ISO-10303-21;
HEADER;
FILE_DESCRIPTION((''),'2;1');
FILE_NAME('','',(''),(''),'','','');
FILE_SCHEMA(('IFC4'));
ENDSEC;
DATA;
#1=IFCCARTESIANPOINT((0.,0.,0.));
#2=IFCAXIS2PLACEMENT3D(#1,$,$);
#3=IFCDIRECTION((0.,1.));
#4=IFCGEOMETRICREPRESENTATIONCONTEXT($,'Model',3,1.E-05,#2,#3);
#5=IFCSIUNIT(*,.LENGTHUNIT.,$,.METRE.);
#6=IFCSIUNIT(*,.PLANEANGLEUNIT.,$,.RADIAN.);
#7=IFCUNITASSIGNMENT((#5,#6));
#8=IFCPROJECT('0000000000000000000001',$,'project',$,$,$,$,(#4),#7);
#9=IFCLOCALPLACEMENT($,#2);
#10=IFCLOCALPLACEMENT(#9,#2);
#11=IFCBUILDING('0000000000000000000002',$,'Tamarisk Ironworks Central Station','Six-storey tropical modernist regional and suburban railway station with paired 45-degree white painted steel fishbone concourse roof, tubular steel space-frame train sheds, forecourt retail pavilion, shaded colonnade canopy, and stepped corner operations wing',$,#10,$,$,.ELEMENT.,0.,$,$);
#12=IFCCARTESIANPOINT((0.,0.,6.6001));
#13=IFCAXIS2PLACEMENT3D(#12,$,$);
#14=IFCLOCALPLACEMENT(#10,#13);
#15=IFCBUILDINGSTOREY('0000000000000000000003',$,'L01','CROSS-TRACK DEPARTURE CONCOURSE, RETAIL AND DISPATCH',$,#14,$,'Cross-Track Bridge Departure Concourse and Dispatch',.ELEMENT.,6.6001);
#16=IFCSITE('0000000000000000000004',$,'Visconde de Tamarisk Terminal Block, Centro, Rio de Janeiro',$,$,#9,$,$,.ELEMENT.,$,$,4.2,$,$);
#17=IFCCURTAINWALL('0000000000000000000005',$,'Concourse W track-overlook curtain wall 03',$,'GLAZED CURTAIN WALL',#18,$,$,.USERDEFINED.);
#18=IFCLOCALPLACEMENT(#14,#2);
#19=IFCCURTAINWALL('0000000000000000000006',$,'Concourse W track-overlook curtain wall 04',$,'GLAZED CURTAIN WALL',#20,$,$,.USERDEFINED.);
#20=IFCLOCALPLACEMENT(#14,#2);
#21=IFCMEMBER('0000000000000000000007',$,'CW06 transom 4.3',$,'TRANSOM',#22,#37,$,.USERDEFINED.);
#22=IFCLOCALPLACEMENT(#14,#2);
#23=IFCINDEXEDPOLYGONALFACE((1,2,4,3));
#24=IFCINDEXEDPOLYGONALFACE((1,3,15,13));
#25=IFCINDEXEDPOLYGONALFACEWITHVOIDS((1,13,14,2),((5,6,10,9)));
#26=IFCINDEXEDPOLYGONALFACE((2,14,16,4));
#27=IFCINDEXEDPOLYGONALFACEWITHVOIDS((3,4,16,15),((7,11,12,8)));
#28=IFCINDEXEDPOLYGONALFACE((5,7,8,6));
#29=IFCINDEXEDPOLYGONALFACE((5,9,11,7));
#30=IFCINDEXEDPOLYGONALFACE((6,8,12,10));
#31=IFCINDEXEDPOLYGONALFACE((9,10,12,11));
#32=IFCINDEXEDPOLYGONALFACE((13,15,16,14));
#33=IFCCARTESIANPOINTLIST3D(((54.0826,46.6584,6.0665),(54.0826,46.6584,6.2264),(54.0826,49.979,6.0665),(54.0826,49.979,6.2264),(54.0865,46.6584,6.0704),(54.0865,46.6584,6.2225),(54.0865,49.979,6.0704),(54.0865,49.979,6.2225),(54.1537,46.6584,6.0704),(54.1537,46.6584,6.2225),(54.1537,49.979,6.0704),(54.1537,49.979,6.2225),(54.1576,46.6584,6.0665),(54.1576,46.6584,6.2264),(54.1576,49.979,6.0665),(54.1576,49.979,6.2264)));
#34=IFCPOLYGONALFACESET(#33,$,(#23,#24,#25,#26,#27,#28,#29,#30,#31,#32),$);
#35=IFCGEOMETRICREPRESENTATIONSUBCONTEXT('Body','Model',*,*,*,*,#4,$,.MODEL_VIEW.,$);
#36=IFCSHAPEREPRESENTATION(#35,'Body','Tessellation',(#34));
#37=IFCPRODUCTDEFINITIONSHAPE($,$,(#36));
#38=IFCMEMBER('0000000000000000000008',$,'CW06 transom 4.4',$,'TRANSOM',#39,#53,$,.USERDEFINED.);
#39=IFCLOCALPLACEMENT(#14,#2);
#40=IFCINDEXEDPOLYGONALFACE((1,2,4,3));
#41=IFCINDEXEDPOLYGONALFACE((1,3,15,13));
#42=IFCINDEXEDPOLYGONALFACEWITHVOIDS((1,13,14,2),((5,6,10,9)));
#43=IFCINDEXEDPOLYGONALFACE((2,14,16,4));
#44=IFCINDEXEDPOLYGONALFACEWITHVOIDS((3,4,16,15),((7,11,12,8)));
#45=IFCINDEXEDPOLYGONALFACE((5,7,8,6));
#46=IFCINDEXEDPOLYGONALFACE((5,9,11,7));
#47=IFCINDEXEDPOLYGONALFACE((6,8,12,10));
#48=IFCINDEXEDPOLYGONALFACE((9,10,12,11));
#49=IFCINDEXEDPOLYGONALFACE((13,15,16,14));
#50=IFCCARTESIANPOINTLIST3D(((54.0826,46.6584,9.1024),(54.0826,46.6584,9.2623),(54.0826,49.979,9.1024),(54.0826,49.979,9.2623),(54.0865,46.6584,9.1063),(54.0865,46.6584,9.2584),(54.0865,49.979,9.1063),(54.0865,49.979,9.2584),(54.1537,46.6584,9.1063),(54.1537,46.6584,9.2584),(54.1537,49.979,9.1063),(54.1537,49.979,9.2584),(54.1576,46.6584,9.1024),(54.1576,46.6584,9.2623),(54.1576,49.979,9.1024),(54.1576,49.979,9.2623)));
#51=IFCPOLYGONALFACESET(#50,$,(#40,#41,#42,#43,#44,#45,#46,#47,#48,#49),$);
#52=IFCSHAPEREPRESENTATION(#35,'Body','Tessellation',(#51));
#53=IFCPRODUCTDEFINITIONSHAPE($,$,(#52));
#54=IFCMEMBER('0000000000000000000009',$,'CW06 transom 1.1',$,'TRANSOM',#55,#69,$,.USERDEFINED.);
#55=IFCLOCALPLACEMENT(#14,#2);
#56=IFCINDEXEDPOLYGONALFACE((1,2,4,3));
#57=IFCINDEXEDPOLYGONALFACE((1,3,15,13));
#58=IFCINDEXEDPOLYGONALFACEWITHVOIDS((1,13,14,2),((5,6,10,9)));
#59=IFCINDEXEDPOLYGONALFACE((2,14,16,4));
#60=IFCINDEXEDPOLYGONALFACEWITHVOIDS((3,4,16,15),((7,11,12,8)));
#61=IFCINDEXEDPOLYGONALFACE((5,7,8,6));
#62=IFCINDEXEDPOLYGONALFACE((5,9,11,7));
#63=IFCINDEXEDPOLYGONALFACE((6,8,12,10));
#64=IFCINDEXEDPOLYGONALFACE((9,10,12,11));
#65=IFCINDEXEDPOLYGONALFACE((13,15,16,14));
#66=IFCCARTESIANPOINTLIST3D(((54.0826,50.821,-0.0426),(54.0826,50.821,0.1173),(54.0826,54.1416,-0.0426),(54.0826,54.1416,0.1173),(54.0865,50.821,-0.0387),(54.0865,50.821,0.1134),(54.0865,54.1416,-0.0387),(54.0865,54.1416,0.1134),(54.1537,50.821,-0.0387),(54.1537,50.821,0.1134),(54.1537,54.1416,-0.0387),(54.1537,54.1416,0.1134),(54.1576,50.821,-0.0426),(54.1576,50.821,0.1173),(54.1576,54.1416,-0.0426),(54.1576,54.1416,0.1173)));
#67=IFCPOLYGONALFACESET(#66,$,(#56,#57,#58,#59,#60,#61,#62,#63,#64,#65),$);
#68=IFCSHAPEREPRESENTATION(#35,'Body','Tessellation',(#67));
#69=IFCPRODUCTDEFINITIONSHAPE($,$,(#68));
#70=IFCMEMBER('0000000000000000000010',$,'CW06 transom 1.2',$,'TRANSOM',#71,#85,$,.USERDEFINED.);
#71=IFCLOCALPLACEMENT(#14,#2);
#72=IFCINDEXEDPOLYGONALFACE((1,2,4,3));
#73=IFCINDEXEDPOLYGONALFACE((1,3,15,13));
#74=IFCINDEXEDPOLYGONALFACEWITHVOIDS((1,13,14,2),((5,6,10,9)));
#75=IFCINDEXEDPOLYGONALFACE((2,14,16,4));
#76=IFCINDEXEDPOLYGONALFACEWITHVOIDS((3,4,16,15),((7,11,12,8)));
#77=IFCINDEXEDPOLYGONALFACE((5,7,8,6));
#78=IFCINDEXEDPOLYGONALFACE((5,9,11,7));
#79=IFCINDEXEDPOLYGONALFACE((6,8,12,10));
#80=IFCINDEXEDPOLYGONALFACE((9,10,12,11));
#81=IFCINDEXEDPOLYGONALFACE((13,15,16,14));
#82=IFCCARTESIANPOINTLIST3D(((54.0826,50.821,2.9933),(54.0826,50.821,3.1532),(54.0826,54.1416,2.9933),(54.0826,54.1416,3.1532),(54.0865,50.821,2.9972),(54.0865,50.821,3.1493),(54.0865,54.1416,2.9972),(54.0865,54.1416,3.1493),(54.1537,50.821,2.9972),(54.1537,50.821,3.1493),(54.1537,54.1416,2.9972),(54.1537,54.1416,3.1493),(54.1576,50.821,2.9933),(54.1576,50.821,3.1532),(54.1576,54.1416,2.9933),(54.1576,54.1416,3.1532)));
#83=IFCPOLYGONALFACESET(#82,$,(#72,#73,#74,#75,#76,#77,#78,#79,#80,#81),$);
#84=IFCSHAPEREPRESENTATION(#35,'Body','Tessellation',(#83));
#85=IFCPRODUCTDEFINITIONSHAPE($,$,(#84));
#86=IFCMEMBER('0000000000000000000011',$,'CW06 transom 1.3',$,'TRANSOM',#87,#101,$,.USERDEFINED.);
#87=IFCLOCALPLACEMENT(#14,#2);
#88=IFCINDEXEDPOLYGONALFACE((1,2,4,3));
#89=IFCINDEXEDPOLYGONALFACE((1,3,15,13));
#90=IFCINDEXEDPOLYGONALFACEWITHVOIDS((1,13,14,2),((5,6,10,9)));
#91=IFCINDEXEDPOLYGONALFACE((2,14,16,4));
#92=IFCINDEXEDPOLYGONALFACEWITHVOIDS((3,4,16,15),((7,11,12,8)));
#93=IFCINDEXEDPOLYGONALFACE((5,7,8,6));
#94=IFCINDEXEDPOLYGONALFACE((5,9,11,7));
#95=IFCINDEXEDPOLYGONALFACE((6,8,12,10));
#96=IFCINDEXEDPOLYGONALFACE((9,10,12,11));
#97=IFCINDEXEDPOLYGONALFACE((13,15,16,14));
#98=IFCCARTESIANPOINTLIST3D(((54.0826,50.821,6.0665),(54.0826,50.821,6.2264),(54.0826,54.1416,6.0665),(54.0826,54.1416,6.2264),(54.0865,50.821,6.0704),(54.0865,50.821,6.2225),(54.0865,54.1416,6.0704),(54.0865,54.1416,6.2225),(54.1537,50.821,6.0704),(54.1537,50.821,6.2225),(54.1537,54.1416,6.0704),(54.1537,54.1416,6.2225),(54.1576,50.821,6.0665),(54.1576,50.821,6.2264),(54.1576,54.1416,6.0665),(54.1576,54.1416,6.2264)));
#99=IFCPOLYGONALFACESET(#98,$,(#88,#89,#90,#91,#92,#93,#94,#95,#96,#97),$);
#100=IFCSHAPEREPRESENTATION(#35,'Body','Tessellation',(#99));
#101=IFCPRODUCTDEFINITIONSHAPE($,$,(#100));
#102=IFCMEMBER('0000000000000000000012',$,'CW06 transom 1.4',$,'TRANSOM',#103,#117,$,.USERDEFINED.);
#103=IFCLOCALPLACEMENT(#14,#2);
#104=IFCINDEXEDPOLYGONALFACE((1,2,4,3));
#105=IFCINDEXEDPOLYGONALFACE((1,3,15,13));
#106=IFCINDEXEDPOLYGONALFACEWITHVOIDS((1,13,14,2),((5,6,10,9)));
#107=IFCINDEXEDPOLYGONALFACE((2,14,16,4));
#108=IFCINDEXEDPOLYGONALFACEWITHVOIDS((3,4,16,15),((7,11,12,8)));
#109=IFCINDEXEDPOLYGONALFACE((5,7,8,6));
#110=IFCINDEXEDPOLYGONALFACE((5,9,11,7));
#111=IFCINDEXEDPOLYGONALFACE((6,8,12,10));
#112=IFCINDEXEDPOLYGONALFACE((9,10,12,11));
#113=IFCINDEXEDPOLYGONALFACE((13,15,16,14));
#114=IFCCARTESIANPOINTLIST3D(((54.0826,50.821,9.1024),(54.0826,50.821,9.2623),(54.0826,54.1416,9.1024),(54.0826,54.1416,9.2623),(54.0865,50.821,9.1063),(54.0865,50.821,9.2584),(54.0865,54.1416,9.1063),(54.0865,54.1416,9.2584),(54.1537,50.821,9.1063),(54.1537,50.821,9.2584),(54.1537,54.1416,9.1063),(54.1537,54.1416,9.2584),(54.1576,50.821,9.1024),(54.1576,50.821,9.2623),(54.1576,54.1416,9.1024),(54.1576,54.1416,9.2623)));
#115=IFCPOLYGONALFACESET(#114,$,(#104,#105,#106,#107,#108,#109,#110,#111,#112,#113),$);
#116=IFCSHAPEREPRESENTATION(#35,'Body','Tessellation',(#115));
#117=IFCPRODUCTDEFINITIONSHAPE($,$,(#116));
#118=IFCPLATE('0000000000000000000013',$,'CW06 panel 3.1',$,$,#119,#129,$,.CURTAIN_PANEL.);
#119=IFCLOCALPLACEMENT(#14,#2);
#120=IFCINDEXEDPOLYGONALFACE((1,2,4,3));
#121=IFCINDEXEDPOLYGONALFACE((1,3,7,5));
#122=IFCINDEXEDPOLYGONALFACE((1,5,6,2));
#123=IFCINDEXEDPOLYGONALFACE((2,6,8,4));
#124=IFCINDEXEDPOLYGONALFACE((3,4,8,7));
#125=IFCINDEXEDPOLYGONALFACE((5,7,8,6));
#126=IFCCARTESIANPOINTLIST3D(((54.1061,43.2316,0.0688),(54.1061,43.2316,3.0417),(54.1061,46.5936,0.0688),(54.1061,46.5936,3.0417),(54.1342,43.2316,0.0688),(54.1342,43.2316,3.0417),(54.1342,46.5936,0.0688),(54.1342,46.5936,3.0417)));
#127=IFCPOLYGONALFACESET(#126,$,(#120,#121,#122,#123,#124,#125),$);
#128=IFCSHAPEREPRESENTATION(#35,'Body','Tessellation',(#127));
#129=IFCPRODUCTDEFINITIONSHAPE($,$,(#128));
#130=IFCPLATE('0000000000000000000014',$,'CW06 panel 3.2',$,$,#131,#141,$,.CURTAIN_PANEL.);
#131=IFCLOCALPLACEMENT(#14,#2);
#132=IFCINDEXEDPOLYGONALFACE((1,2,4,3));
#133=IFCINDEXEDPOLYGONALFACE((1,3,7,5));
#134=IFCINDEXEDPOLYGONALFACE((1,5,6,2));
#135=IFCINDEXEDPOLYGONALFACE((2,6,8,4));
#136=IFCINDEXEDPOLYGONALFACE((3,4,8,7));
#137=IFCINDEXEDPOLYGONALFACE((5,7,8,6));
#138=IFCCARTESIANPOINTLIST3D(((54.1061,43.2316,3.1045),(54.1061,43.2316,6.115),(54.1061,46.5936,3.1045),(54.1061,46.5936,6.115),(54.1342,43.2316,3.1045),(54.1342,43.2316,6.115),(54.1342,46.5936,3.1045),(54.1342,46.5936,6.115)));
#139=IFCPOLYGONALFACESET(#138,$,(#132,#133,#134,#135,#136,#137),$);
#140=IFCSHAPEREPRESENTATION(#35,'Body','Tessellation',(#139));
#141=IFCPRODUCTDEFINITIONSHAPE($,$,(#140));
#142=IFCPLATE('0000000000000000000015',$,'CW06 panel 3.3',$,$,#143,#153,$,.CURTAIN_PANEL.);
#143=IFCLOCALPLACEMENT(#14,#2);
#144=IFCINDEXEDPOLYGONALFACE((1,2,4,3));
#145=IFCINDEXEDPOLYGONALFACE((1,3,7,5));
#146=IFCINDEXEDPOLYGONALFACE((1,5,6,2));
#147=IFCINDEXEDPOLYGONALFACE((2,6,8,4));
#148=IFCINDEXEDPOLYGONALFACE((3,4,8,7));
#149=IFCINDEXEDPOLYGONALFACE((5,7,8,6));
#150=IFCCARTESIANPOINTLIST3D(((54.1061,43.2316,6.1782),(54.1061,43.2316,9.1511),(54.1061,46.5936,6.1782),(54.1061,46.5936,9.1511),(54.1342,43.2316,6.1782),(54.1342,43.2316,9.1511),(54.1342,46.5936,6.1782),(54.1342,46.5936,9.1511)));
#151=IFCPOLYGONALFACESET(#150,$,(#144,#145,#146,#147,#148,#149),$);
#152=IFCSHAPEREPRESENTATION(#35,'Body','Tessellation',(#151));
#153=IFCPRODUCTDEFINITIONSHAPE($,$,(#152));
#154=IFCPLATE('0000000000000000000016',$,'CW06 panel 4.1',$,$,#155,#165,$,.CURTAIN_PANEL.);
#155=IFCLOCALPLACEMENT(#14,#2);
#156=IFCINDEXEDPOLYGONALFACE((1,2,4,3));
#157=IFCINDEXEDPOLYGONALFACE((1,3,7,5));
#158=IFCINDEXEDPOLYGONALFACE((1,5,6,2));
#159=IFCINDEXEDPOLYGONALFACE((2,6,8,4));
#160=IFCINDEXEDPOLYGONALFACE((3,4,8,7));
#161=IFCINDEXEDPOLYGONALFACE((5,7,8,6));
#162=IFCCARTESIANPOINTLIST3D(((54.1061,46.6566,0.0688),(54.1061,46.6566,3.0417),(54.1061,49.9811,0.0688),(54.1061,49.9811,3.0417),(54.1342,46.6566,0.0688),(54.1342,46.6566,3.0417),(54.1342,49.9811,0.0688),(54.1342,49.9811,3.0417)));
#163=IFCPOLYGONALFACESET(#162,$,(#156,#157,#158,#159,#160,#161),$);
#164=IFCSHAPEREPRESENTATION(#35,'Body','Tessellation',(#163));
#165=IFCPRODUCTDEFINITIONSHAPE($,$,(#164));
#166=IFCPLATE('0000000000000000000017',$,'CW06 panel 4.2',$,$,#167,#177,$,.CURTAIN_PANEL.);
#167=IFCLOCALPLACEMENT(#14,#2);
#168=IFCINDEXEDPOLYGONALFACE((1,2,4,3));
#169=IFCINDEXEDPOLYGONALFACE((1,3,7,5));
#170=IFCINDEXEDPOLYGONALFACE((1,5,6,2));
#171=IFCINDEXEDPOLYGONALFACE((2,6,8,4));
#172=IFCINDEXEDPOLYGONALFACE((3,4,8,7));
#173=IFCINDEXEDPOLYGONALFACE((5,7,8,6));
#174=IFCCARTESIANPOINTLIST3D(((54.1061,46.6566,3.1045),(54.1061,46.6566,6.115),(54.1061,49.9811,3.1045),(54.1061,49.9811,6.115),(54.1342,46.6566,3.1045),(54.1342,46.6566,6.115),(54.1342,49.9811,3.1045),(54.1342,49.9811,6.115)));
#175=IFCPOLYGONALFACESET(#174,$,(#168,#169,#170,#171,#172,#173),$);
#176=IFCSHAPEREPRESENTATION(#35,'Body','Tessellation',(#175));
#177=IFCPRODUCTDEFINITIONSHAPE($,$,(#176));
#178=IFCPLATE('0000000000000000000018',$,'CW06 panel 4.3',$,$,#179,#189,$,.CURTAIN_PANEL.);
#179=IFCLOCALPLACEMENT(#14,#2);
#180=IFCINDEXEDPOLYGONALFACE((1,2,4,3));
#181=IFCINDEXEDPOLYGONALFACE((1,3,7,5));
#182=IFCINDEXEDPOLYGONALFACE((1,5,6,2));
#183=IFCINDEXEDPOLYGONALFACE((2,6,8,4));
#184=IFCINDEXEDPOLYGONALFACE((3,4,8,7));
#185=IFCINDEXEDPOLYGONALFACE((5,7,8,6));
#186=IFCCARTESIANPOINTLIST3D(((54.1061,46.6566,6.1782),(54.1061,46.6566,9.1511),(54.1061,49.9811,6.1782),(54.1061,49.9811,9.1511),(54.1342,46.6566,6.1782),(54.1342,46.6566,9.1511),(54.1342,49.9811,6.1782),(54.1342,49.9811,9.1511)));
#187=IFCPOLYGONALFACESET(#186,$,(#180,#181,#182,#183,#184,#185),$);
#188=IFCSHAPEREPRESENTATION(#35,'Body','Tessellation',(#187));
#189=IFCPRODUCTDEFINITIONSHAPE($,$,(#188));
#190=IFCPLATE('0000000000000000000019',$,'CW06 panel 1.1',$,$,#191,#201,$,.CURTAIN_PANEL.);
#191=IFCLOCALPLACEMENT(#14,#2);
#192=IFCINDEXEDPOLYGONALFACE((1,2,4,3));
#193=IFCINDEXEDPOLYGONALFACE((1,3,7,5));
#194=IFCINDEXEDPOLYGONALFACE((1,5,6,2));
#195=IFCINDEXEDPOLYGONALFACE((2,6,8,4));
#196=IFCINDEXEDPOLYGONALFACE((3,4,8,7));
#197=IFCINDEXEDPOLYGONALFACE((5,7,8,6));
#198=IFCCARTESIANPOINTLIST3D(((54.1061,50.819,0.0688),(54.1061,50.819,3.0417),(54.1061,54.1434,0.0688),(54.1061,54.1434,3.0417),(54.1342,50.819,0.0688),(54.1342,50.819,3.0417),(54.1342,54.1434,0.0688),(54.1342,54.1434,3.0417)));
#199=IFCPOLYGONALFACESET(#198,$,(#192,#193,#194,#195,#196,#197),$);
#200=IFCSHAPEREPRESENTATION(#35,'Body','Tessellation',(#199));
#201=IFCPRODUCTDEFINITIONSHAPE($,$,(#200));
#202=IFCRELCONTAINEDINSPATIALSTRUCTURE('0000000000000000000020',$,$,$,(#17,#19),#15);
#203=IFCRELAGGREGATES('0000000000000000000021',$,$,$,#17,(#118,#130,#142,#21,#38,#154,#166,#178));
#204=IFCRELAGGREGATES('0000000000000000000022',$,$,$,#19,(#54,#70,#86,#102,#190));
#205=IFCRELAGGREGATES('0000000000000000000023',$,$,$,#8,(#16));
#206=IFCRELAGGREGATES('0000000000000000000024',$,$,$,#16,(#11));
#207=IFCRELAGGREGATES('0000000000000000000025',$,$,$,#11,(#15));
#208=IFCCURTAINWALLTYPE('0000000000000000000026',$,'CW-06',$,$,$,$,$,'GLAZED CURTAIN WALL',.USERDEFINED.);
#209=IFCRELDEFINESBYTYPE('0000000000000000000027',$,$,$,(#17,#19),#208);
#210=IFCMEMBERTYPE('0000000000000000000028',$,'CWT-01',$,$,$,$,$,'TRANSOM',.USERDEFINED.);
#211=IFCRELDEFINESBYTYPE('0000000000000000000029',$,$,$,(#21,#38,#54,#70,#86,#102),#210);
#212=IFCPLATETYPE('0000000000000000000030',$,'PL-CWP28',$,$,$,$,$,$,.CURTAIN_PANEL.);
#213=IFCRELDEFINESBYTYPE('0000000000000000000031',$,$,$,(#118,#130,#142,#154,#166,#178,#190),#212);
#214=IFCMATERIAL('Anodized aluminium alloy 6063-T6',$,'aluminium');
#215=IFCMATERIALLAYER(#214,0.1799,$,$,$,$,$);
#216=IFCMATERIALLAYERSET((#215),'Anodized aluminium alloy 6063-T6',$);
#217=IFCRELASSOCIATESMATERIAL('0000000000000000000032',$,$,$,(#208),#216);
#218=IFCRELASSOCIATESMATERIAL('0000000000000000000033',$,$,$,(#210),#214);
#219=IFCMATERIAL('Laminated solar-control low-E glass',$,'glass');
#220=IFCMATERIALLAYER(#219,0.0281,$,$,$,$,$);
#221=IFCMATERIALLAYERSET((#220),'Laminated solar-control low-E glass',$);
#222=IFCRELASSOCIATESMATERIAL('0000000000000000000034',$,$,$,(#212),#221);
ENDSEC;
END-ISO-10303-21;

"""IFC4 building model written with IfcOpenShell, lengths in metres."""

from ifc_helpers import new_model, si_unit, direction, frame, origin, origin_2d, place, context, subcontext, project, spatial, rectangle, hollow_rectangle, extrude, material, layer, layer_set, material_profile, profile_set, type_object, element, aggregate, save


model = new_model("IFC4")

# Units and contexts
model_context = context("Model", 3, precision=1e-05, world=origin(), true_north=direction((0.0, 1.0)))
body_context = subcontext(model_context, "Body", "Model", "MODEL_VIEW")
ifc_project = project(units=[si_unit("LENGTHUNIT", "METRE"), si_unit("PLANEANGLEUNIT", "RADIAN")], contexts=[model_context])

# Site, building, storey
site_placement = place(None, origin())
site = spatial("IfcSite", under=ifc_project, at=site_placement, Name="Visconde de Tamarisk Terminal Block, Centro, Rio de Janeiro", CompositionType="ELEMENT", RefElevation=4.2)
building_placement = place(site_placement, origin())
building = spatial("IfcBuilding", under=site, at=building_placement, Name="Tamarisk Ironworks Central Station", Description="Six-storey tropical modernist regional and suburban railway station with paired 45-degree white painted steel fishbone concourse roof, tubular steel space-frame train sheds, forecourt retail pavilion, shaded colonnade canopy, and stepped corner operations wing", CompositionType="ELEMENT", ElevationOfRefHeight=0.0)
storey_placement = place(building_placement, frame((0.0, 0.0, 6.6001)))
storey = spatial("IfcBuildingStorey", under=building, at=storey_placement, Name="L01", Description="CROSS-TRACK DEPARTURE CONCOURSE, RETAIL AND DISPATCH", LongName="Cross-Track Bridge Departure Concourse and Dispatch", CompositionType="ELEMENT", Elevation=6.6001)

# Curtain walls
ifc_material_1 = material(Name="Anodized aluminium alloy 6063-T6", Category="aluminium")
ifc_layer_1 = layer(ifc_material_1, 0.1799)
ifc_layer_set_1 = layer_set([ifc_layer_1], Name="Anodized aluminium alloy 6063-T6")
curtain_wall_type = type_object("IfcCurtainWallType", Name="CW-06", ElementType="GLAZED CURTAIN WALL", PredefinedType="USERDEFINED", material=ifc_layer_set_1)
curtain_wall_1_placement = place(storey_placement, origin())
curtain_wall_1 = element("IfcCurtainWall", 1, at=curtain_wall_1_placement, inside=storey, type_object=curtain_wall_type, Name="Concourse W track-overlook curtain wall 03", ObjectType="GLAZED CURTAIN WALL", PredefinedType="USERDEFINED")
curtain_wall_2_placement = place(storey_placement, origin())
curtain_wall_2 = element("IfcCurtainWall", 2, at=curtain_wall_2_placement, inside=storey, type_object=curtain_wall_type, Name="Concourse W track-overlook curtain wall 04", ObjectType="GLAZED CURTAIN WALL", PredefinedType="USERDEFINED")

# Members
ifc_material_profile_1 = material_profile(ifc_material_1, hollow_rectangle(XDim=0.075, YDim=0.1599, WallThickness=0.0039, at=origin_2d()), Name="ALUM 160x75")
ifc_profile_set_1 = profile_set([ifc_material_profile_1], Name="Anodized aluminium alloy 6063-T6")
member_type_1 = type_object("IfcMemberType", Name="CWT-01", ElementType="TRANSOM", PredefinedType="USERDEFINED", material=ifc_profile_set_1)
member_1_placement = place(storey_placement, frame((54.1201, 46.6584, 6.1465), z_axis=(0.0, 1.0, 0.0), x_axis=(-1.0, 0.0, 0.0)))
member_1 = element("IfcMember", 3, at=member_1_placement, type_object=member_type_1, Name="CW06 transom 4.3", ObjectType="TRANSOM", PredefinedType="USERDEFINED", context=body_context, shape_type="SweptSolid", body=[
    extrude(hollow_rectangle(XDim=0.075, YDim=0.1599, WallThickness=0.0039, at=origin_2d()), origin(), (0.0, 0.0, 1.0), 3.3206),
])
member_2_placement = place(storey_placement, frame((54.1201, 46.6584, 9.1824), z_axis=(0.0, 1.0, 0.0), x_axis=(-1.0, 0.0, 0.0)))
member_2 = element("IfcMember", 4, at=member_2_placement, type_object=member_type_1, Name="CW06 transom 4.4", ObjectType="TRANSOM", PredefinedType="USERDEFINED", context=body_context, shape_type="SweptSolid", body=[
    extrude(hollow_rectangle(XDim=0.075, YDim=0.1599, WallThickness=0.0039, at=origin_2d()), origin(), (0.0, 0.0, 1.0), 3.3206),
])
member_3_placement = place(storey_placement, frame((54.1201, 50.821, 0.0374), z_axis=(0.0, 1.0, 0.0), x_axis=(-1.0, 0.0, 0.0)))
member_3 = element("IfcMember", 5, at=member_3_placement, type_object=member_type_1, Name="CW06 transom 1.1", ObjectType="TRANSOM", PredefinedType="USERDEFINED", context=body_context, shape_type="SweptSolid", body=[
    extrude(hollow_rectangle(XDim=0.075, YDim=0.1599, WallThickness=0.0039, at=origin_2d()), origin(), (0.0, 0.0, 1.0), 3.3206),
])
member_4_placement = place(storey_placement, frame((54.1201, 50.821, 3.0732), z_axis=(0.0, 1.0, 0.0), x_axis=(-1.0, 0.0, 0.0)))
member_4 = element("IfcMember", 6, at=member_4_placement, type_object=member_type_1, Name="CW06 transom 1.2", ObjectType="TRANSOM", PredefinedType="USERDEFINED", context=body_context, shape_type="SweptSolid", body=[
    extrude(hollow_rectangle(XDim=0.075, YDim=0.1599, WallThickness=0.0039, at=origin_2d()), origin(), (0.0, 0.0, 1.0), 3.3206),
])
member_5_placement = place(storey_placement, frame((54.1201, 50.821, 6.1465), z_axis=(0.0, 1.0, 0.0), x_axis=(-1.0, 0.0, 0.0)))
member_5 = element("IfcMember", 7, at=member_5_placement, type_object=member_type_1, Name="CW06 transom 1.3", ObjectType="TRANSOM", PredefinedType="USERDEFINED", context=body_context, shape_type="SweptSolid", body=[
    extrude(hollow_rectangle(XDim=0.075, YDim=0.1599, WallThickness=0.0039, at=origin_2d()), origin(), (0.0, 0.0, 1.0), 3.3206),
])
member_6_placement = place(storey_placement, frame((54.1201, 50.821, 9.1824), z_axis=(0.0, 1.0, 0.0), x_axis=(-1.0, 0.0, 0.0)))
member_6 = element("IfcMember", 8, at=member_6_placement, type_object=member_type_1, Name="CW06 transom 1.4", ObjectType="TRANSOM", PredefinedType="USERDEFINED", context=body_context, shape_type="SweptSolid", body=[
    extrude(hollow_rectangle(XDim=0.075, YDim=0.1599, WallThickness=0.0039, at=origin_2d()), origin(), (0.0, 0.0, 1.0), 3.3206),
])

# Plates
ifc_material_2 = material(Name="Laminated solar-control low-E glass", Category="glass")
ifc_layer_2 = layer(ifc_material_2, 0.0281)
ifc_layer_set_2 = layer_set([ifc_layer_2], Name="Laminated solar-control low-E glass")
plate_type = type_object("IfcPlateType", Name="PL-CWP28", PredefinedType="CURTAIN_PANEL", material=ifc_layer_set_2)
plate_1_placement = place(storey_placement, frame((54.1201, 44.9126, 0.0688), z_axis=(0.0, 0.0, 1.0), x_axis=(0.0, 1.0, 0.0)))
plate_1 = element("IfcPlate", 9, at=plate_1_placement, type_object=plate_type, Name="CW06 panel 3.1", PredefinedType="CURTAIN_PANEL", context=body_context, shape_type="SweptSolid", body=[
    extrude(rectangle(XDim=3.3621, YDim=0.0281, at=origin_2d()), origin(), (0.0, 0.0, 1.0), 2.9729),
])
plate_2_placement = place(storey_placement, frame((54.1201, 44.9126, 3.1045), z_axis=(0.0, 0.0, 1.0), x_axis=(0.0, 1.0, 0.0)))
plate_2 = element("IfcPlate", 10, at=plate_2_placement, type_object=plate_type, Name="CW06 panel 3.2", PredefinedType="CURTAIN_PANEL", context=body_context, shape_type="SweptSolid", body=[
    extrude(rectangle(XDim=3.3621, YDim=0.0281, at=origin_2d()), origin(), (0.0, 0.0, 1.0), 3.0105),
])
plate_3_placement = place(storey_placement, frame((54.1201, 44.9126, 6.1782), z_axis=(0.0, 0.0, 1.0), x_axis=(0.0, 1.0, 0.0)))
plate_3 = element("IfcPlate", 11, at=plate_3_placement, type_object=plate_type, Name="CW06 panel 3.3", PredefinedType="CURTAIN_PANEL", context=body_context, shape_type="SweptSolid", body=[
    extrude(rectangle(XDim=3.3621, YDim=0.0281, at=origin_2d()), origin(), (0.0, 0.0, 1.0), 2.9729),
])
plate_4_placement = place(storey_placement, frame((54.1201, 48.3188, 0.0688), z_axis=(0.0, 0.0, 1.0), x_axis=(0.0, 1.0, 0.0)))
plate_4 = element("IfcPlate", 12, at=plate_4_placement, type_object=plate_type, Name="CW06 panel 4.1", PredefinedType="CURTAIN_PANEL", context=body_context, shape_type="SweptSolid", body=[
    extrude(rectangle(XDim=3.3245, YDim=0.0281, at=origin_2d()), origin(), (0.0, 0.0, 1.0), 2.9729),
])
plate_5_placement = place(storey_placement, frame((54.1201, 48.3188, 3.1045), z_axis=(0.0, 0.0, 1.0), x_axis=(0.0, 1.0, 0.0)))
plate_5 = element("IfcPlate", 13, at=plate_5_placement, type_object=plate_type, Name="CW06 panel 4.2", PredefinedType="CURTAIN_PANEL", context=body_context, shape_type="SweptSolid", body=[
    extrude(rectangle(XDim=3.3245, YDim=0.0281, at=origin_2d()), origin(), (0.0, 0.0, 1.0), 3.0105),
])
plate_6_placement = place(storey_placement, frame((54.1201, 48.3188, 6.1782), z_axis=(0.0, 0.0, 1.0), x_axis=(0.0, 1.0, 0.0)))
plate_6 = element("IfcPlate", 14, at=plate_6_placement, type_object=plate_type, Name="CW06 panel 4.3", PredefinedType="CURTAIN_PANEL", context=body_context, shape_type="SweptSolid", body=[
    extrude(rectangle(XDim=3.3245, YDim=0.0281, at=origin_2d()), origin(), (0.0, 0.0, 1.0), 2.9729),
])
aggregate(curtain_wall_1, [plate_1, plate_2, plate_3, member_1, member_2, plate_4, plate_5, plate_6])
plate_7_placement = place(storey_placement, frame((54.1201, 52.4812, 0.0688), z_axis=(0.0, 0.0, 1.0), x_axis=(0.0, 1.0, 0.0)))
plate_7 = element("IfcPlate", 15, at=plate_7_placement, type_object=plate_type, Name="CW06 panel 1.1", PredefinedType="CURTAIN_PANEL", context=body_context, shape_type="SweptSolid", body=[
    extrude(rectangle(XDim=3.3245, YDim=0.0281, at=origin_2d()), origin(), (0.0, 0.0, 1.0), 2.9729),
])
aggregate(curtain_wall_2, [member_3, member_4, member_5, member_6, plate_7])

save(model, "model.ifc")
